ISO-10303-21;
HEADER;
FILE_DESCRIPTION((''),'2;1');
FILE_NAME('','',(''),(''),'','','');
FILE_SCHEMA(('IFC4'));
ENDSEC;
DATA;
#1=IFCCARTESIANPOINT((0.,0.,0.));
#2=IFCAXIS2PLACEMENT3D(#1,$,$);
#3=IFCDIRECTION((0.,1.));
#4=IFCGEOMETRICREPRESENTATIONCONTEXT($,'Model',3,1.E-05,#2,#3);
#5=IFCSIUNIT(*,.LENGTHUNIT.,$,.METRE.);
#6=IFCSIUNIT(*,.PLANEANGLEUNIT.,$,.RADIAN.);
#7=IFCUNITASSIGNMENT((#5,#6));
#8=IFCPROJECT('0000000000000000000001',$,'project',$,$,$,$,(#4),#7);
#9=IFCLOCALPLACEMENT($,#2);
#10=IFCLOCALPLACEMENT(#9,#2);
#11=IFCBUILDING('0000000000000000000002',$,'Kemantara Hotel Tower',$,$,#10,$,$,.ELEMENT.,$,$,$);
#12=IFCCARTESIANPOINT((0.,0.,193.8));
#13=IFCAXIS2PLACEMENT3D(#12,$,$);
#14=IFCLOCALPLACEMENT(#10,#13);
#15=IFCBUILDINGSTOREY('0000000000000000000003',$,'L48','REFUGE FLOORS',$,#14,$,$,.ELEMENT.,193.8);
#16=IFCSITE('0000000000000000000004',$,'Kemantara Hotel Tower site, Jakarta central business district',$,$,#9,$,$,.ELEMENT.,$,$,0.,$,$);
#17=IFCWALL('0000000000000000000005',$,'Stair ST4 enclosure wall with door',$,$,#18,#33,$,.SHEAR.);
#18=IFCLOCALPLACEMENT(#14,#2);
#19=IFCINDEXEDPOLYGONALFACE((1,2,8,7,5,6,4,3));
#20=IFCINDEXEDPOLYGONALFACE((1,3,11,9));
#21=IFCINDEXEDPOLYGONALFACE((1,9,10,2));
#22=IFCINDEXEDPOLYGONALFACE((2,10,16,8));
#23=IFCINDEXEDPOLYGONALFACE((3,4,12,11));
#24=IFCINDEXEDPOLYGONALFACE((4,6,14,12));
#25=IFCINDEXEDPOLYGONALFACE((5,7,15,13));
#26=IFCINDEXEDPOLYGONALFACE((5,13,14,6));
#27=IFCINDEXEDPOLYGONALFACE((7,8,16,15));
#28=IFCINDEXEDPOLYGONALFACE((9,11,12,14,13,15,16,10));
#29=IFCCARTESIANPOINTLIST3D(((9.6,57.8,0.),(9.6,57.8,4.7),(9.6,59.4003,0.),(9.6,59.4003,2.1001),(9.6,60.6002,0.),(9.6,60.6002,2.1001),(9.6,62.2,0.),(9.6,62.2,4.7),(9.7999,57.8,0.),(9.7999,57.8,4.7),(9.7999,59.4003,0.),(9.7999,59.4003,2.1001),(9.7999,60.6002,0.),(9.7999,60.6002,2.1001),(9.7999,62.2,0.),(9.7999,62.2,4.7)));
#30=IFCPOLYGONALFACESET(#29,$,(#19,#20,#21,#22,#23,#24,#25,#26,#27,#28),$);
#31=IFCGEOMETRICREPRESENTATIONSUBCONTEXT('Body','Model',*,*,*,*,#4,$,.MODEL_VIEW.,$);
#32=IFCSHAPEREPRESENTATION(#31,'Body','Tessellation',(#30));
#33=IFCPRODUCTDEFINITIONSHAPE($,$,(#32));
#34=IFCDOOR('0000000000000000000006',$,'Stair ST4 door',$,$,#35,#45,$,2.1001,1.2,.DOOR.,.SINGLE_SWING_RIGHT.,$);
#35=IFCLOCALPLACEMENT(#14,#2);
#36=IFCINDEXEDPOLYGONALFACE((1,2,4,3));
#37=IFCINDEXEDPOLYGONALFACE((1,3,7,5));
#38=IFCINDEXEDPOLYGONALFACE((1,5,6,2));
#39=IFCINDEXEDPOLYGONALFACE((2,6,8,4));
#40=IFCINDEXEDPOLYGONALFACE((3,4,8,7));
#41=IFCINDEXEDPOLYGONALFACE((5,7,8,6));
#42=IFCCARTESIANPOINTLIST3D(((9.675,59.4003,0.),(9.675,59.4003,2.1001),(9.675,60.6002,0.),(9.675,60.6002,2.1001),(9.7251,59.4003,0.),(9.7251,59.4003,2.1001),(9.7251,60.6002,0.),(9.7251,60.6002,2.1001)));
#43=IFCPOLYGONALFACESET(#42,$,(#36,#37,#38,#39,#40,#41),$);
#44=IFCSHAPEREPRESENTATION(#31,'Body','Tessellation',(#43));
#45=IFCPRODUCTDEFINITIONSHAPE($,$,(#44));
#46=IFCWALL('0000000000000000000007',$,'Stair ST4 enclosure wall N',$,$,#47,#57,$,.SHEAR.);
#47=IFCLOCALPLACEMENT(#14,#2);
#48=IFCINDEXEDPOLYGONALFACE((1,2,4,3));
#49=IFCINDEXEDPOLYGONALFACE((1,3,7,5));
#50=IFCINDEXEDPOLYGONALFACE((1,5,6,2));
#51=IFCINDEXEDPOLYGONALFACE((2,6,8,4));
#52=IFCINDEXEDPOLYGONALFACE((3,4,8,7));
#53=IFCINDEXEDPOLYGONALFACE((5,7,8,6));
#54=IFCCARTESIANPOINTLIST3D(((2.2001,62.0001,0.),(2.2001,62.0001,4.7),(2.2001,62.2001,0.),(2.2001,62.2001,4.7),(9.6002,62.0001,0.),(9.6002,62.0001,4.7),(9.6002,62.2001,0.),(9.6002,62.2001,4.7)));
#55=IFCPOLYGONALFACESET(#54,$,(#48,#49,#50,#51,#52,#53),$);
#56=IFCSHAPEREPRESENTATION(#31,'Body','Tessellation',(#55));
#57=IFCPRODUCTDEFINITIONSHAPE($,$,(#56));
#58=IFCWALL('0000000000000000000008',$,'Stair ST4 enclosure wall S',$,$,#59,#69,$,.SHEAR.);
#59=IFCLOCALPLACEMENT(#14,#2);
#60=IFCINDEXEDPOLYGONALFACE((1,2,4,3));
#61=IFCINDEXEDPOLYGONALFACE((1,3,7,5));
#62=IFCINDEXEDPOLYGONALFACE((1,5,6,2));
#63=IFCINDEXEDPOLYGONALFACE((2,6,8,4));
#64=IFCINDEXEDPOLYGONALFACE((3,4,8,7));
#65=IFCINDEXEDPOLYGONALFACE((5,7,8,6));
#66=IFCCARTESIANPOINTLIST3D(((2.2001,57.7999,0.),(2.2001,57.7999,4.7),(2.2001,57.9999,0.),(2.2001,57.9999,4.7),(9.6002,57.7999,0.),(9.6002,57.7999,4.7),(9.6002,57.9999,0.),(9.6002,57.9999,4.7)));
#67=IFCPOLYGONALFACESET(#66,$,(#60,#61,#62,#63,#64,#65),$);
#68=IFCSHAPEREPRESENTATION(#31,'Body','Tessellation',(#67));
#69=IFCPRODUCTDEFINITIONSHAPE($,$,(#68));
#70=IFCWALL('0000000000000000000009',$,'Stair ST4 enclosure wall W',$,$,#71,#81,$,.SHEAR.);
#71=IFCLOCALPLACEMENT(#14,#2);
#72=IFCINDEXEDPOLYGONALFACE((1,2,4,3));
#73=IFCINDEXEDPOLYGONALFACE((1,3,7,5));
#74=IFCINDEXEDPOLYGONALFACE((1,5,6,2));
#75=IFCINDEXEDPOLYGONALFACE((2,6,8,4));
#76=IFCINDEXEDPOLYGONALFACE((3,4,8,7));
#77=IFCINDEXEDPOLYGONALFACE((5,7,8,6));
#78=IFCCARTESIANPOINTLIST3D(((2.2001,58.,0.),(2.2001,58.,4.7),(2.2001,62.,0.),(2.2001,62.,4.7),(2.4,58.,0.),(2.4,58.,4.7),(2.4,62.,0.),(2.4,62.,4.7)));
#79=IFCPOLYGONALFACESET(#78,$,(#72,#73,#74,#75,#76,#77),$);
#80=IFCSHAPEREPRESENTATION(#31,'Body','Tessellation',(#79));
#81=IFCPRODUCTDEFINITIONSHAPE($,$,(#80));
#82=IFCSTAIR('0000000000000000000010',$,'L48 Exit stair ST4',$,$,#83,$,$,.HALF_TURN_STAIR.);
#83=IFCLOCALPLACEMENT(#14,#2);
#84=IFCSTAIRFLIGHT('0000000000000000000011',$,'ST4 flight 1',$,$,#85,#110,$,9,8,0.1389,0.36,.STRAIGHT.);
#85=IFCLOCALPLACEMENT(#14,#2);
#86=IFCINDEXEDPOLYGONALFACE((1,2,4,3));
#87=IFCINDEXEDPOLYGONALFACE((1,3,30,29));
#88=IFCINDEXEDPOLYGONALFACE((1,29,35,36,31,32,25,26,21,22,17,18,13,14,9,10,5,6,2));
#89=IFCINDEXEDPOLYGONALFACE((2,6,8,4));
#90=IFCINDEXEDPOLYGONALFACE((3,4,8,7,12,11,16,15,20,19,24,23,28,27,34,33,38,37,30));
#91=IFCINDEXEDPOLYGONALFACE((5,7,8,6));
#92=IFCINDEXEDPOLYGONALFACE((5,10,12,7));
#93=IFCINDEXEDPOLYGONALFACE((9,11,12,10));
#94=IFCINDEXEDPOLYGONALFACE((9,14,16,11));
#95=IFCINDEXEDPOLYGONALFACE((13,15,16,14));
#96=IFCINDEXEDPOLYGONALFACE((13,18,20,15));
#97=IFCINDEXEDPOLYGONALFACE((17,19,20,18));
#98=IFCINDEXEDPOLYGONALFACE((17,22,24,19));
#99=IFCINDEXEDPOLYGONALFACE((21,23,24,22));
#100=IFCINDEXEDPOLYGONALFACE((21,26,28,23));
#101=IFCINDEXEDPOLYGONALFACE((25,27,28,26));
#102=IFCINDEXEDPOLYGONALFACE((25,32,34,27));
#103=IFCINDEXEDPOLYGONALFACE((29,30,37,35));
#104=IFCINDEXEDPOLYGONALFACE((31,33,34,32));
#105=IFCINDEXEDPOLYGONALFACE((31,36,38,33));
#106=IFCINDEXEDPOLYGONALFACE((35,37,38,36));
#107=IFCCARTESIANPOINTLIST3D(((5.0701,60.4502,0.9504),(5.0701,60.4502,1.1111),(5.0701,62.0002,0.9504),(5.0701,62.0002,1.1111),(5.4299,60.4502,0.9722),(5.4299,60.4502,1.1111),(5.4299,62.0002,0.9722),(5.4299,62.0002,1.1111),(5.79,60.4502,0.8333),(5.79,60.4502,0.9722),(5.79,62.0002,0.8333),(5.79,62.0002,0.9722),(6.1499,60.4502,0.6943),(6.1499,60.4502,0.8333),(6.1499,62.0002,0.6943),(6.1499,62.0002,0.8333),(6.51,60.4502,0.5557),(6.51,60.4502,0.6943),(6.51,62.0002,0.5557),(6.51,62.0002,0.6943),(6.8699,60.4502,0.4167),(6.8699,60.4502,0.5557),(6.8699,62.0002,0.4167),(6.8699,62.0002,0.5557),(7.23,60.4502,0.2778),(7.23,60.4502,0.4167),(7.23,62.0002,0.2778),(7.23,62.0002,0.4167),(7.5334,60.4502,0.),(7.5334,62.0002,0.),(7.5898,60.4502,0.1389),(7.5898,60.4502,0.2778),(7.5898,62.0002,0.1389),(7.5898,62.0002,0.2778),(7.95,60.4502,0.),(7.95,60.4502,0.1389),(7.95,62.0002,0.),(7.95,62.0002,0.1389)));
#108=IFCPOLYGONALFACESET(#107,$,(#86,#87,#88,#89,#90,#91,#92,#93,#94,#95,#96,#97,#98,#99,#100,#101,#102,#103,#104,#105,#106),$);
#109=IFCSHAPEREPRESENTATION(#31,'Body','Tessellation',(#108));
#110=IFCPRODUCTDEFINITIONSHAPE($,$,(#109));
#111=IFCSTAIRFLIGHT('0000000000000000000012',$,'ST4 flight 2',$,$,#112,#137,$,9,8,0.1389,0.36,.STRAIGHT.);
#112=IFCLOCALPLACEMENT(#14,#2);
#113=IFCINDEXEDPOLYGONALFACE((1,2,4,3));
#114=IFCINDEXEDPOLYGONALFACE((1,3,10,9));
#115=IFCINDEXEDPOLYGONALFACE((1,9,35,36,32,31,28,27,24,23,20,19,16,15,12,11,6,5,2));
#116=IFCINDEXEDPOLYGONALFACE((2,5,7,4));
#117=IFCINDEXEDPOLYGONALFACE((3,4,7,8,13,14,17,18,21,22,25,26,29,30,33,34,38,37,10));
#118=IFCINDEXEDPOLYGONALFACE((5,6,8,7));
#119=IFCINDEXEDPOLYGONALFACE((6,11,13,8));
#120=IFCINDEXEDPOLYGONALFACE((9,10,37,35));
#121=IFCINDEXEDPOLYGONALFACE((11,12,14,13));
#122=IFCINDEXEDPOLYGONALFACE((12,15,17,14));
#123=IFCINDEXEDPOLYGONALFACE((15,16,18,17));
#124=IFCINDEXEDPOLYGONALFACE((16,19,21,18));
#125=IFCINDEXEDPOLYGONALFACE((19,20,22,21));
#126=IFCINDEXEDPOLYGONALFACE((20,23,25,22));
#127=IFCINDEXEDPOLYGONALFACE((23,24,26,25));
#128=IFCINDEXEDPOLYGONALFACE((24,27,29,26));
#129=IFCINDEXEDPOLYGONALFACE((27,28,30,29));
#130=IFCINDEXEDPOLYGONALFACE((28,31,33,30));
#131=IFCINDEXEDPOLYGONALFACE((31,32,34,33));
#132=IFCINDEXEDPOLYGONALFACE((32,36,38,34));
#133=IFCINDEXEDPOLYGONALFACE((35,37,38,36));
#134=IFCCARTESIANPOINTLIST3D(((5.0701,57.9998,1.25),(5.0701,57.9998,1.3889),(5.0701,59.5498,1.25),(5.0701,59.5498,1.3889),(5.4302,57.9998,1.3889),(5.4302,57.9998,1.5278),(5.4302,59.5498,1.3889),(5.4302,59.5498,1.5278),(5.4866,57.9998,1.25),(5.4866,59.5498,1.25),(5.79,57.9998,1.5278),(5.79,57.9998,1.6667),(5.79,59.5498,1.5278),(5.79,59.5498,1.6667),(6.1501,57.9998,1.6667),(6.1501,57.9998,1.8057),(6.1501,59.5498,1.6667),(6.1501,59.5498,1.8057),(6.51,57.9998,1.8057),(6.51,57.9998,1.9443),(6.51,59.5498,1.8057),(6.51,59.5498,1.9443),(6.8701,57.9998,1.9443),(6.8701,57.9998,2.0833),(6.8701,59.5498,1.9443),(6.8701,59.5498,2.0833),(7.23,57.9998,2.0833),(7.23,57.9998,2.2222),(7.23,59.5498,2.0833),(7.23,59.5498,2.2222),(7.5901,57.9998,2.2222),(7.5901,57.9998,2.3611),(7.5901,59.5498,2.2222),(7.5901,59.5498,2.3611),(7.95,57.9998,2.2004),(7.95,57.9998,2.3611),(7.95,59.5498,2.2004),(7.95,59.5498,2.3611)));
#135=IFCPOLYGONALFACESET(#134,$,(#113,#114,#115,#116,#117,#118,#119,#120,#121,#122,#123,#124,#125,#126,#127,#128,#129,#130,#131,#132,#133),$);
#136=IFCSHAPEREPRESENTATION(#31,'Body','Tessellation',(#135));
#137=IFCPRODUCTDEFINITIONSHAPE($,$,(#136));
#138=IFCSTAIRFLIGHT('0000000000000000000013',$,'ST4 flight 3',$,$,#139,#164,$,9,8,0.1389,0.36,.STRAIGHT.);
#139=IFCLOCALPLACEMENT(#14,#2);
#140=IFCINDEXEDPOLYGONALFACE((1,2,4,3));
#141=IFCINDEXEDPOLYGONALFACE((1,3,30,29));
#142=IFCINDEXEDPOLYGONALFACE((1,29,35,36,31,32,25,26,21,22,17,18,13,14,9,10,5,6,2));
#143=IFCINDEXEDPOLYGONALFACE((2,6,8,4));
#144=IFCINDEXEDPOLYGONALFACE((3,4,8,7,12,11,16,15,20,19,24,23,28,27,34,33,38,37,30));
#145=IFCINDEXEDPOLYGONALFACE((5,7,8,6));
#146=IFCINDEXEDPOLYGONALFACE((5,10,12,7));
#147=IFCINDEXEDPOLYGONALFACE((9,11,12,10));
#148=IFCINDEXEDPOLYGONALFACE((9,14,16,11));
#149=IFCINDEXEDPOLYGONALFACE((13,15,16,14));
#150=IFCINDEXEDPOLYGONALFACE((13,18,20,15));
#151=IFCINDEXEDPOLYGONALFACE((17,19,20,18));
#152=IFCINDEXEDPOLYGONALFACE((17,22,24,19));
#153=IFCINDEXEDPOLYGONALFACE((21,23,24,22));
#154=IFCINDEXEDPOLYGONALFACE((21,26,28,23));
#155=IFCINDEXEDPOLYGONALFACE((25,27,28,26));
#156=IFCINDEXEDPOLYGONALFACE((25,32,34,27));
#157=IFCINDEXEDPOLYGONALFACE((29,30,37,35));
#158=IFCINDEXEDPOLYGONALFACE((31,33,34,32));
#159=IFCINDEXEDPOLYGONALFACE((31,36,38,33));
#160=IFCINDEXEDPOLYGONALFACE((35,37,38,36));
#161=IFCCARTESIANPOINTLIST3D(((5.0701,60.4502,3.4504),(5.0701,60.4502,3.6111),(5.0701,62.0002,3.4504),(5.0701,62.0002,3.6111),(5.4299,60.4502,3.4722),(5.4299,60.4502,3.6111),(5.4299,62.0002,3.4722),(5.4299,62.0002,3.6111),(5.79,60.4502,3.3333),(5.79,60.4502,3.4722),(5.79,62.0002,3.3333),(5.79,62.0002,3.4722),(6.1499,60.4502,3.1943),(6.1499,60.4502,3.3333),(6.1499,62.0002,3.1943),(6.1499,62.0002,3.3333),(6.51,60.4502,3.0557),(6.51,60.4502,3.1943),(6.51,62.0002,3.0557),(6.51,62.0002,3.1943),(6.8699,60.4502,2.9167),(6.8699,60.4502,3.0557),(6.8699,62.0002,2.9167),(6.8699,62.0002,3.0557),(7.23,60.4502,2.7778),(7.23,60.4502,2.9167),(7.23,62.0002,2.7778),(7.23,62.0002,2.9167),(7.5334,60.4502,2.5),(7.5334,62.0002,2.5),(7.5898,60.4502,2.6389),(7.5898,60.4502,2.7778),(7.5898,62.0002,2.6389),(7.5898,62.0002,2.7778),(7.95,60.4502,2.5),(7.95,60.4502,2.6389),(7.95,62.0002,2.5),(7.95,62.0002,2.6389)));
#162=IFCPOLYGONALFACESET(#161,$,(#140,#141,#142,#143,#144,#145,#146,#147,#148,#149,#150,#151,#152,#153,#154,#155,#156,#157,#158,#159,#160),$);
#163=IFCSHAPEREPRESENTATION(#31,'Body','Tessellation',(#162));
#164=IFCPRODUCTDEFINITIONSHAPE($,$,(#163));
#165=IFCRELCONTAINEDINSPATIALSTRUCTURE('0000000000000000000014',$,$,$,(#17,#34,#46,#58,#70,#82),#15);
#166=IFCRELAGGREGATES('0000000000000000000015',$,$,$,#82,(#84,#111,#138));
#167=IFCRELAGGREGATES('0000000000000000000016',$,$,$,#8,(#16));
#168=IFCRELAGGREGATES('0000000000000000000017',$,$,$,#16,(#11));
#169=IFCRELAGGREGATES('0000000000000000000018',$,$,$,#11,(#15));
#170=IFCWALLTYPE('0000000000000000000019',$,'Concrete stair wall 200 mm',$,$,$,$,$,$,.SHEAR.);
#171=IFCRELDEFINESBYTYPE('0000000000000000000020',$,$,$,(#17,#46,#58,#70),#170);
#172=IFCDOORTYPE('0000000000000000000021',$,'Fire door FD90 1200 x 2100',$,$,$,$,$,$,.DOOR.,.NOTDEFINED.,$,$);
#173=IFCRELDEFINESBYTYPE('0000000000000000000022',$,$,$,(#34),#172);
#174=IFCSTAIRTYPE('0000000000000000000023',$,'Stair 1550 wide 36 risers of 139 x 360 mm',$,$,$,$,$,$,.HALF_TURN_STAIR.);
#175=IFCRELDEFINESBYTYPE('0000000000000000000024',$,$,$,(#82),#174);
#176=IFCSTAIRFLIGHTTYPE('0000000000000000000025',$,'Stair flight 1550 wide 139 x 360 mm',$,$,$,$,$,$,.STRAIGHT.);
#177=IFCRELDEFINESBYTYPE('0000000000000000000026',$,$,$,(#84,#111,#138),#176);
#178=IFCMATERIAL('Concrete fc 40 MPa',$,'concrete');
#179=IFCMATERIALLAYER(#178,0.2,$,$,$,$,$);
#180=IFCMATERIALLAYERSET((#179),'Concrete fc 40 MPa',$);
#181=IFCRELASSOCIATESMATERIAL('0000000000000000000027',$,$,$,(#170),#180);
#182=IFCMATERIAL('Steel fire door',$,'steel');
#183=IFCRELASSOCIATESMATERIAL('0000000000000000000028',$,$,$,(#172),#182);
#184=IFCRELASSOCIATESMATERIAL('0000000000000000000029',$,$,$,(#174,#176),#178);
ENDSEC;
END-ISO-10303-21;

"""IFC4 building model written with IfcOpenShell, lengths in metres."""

from ifc_helpers import new_model, si_unit, direction, frame, frame_2d, origin, place, context, subcontext, project, spatial, polyline, rectangle, outline, extrude, material, layer, layer_set, type_object, element, fill, aggregate, save


model = new_model("IFC4")

# Units and contexts
model_context = context("Model", 3, precision=1e-05, world=origin(), true_north=direction((0.0, 1.0)))
body_context = subcontext(model_context, "Body", "Model", "MODEL_VIEW")
ifc_project = project(units=[si_unit("LENGTHUNIT", "METRE"), si_unit("PLANEANGLEUNIT", "RADIAN")], contexts=[model_context])

# Site, building, storey
site_placement = place(None, origin())
site = spatial("IfcSite", under=ifc_project, at=site_placement, Name="Kemantara Hotel Tower site, Jakarta central business district", CompositionType="ELEMENT", RefElevation=0.0)
building_placement = place(site_placement, origin())
building = spatial("IfcBuilding", under=site, at=building_placement, Name="Kemantara Hotel Tower", CompositionType="ELEMENT")
storey_placement = place(building_placement, frame((0.0, 0.0, 193.8)))
storey = spatial("IfcBuildingStorey", under=building, at=storey_placement, Name="L48", Description="REFUGE FLOORS", CompositionType="ELEMENT", Elevation=193.8)

# Wall, opening, door
ifc_material_1 = material(Name="Concrete fc 40 MPa", Category="concrete")
ifc_layer_1 = layer(ifc_material_1, 0.2)
ifc_layer_set_1 = layer_set([ifc_layer_1], Name="Concrete fc 40 MPa")
wall_type_1 = type_object("IfcWallType", Name="Concrete stair wall 200 mm", PredefinedType="SHEAR", material=ifc_layer_set_1)
wall_1_placement = place(storey_placement, frame((9.7, 57.8, 0.0), z_axis=(0.0, 0.0, 1.0), x_axis=(0.0, 1.0, 0.0)))
wall_1 = element("IfcWall", 1, at=wall_1_placement, inside=storey, type_object=wall_type_1, Name="Stair ST4 enclosure wall with door", PredefinedType="SHEAR", context=body_context, shape_type="SweptSolid", body=[
    extrude(rectangle(XDim=4.3999, YDim=0.2, at=frame_2d((2.2, 0.0))), origin(), (0.0, 0.0, 1.0), 4.7),
])
opening_1_placement = place(wall_1_placement, frame((1.6001, 0.0, 0.0)))
opening_1 = element("IfcOpeningElement", 2, at=opening_1_placement, cuts=wall_1, PredefinedType="OPENING", context=body_context, shape_type="SweptSolid", body=[
    extrude(rectangle(XDim=1.2, YDim=2.1001, at=frame_2d((0.6001, 1.05))), frame((0.0, 0.1099, 0.0), z_axis=(0.0, -1.0, 0.0), x_axis=(1.0, 0.0, 0.0)), (0.0, 0.0, 1.0), 0.22),
])
ifc_material_2 = material(Name="Steel fire door", Category="steel")
door_type = type_object("IfcDoorType", Name="Fire door FD90 1200 x 2100", OperationType="NOTDEFINED", PredefinedType="DOOR", material=ifc_material_2)
door_placement = place(opening_1_placement, origin())
door = element("IfcDoor", 3, at=door_placement, inside=storey, type_object=door_type, Name="Stair ST4 door", OperationType="SINGLE_SWING_RIGHT", OverallHeight=2.1001, OverallWidth=1.2, PredefinedType="DOOR", context=body_context, shape_type="SweptSolid", body=[
    extrude(rectangle(XDim=1.2, YDim=2.1001, at=frame_2d((0.6001, 1.05))), frame((0.0, 0.0249, 0.0), z_axis=(0.0, -1.0, 0.0), x_axis=(1.0, 0.0, 0.0)), (0.0, 0.0, 1.0), 0.05),
])
fill(opening_1, door)

# Walls
for number, where, z_axis, x_axis, name in (
    (4, (2.2, 62.1001, 0.0), (0.0, 0.0, 1.0), (1.0, 0.0, 0.0), "Stair ST4 enclosure wall N"),
    (5, (2.2, 57.8999, 0.0), (0.0, 0.0, 1.0), (1.0, 0.0, 0.0), "Stair ST4 enclosure wall S"),
):
    element("IfcWall", number, at=place(storey_placement, frame(where, z_axis=z_axis, x_axis=x_axis)), inside=storey, type_object=wall_type_1, Name=name, PredefinedType="SHEAR", context=body_context, shape_type="SweptSolid", body=[
        extrude(rectangle(XDim=7.4001, YDim=0.2, at=frame_2d((3.7002, 0.0))), origin(), (0.0, 0.0, 1.0), 4.7),
    ])
wall_2_placement = place(storey_placement, frame((2.3, 58.0, 0.0), z_axis=(0.0, 0.0, 1.0), x_axis=(0.0, 1.0, 0.0)))
element("IfcWall", 6, at=wall_2_placement, inside=storey, type_object=wall_type_1, Name="Stair ST4 enclosure wall W", PredefinedType="SHEAR", context=body_context, shape_type="SweptSolid", body=[
    extrude(rectangle(XDim=4.0, YDim=0.2, at=frame_2d((2.0, 0.0))), origin(), (0.0, 0.0, 1.0), 4.7),
])

# Stair, stair flights
stair_type = type_object("IfcStairType", Name="Stair 1550 wide 36 risers of 139 x 360 mm", PredefinedType="HALF_TURN_STAIR", material=ifc_material_1)
stair_placement = place(storey_placement, origin())
stair = element("IfcStair", 7, at=stair_placement, inside=storey, type_object=stair_type, Name="L48 Exit stair ST4", PredefinedType="HALF_TURN_STAIR")
stair_flight_type = type_object("IfcStairFlightType", Name="Stair flight 1550 wide 139 x 360 mm", PredefinedType="STRAIGHT", material=ifc_material_1)
stair_flight_1_placement = place(storey_placement, frame((7.95, 61.2251, 0.0), z_axis=(0.0, 0.0, 1.0), x_axis=(-1.0, 0.0, 0.0)))
stair_flight_1 = element("IfcStairFlight", 8, at=stair_flight_1_placement, type_object=stair_flight_type, Name="ST4 flight 1", NumberOfRisers=9, NumberOfTreads=8, PredefinedType="STRAIGHT", RiserHeight=0.1389, TreadLength=0.36, context=body_context, shape_type="SweptSolid", body=[
    extrude(outline(polyline([(0.0, 0.0), (0.0, 0.1389), (0.3601, 0.1389), (0.3601, 0.2778), (0.72, 0.2778), (0.72, 0.4167), (1.0801, 0.4167), (1.0801, 0.5557), (1.4399, 0.5557), (1.4399, 0.6943), (1.8, 0.6943), (1.8, 0.8333), (2.1599, 0.8333), (2.1599, 0.9722), (2.52, 0.9722), (2.52, 1.1111), (2.8799, 1.1111), (2.8799, 1.25), (2.8799, 0.9504), (0.4165, 0.0), (0.0, 0.0)])), frame((0.0, 0.7749, 0.0), z_axis=(0.0, -1.0, 0.0), x_axis=(1.0, 0.0, 0.0)), (0.0, 0.0, 1.0), 1.55),
])
stair_flight_2_placement = place(storey_placement, frame((5.0701, 58.7749, 1.25), z_axis=(0.0, 0.0, 1.0), x_axis=(1.0, 0.0, 0.0)))
stair_flight_2 = element("IfcStairFlight", 9, at=stair_flight_2_placement, type_object=stair_flight_type, Name="ST4 flight 2", NumberOfRisers=9, NumberOfTreads=8, PredefinedType="STRAIGHT", RiserHeight=0.1389, TreadLength=0.36, context=body_context, shape_type="SweptSolid", body=[
    extrude(outline(polyline([(0.0, 0.0), (0.0, 0.1389), (0.3601, 0.1389), (0.3601, 0.2778), (0.72, 0.2778), (0.72, 0.4167), (1.0801, 0.4167), (1.0801, 0.5557), (1.4399, 0.5557), (1.4399, 0.6943), (1.8, 0.6943), (1.8, 0.8333), (2.1599, 0.8333), (2.1599, 0.9722), (2.52, 0.9722), (2.52, 1.1111), (2.8799, 1.1111), (2.8799, 1.25), (2.8799, 0.9504), (0.4165, 0.0), (0.0, 0.0)])), frame((0.0, 0.7749, 0.0), z_axis=(0.0, -1.0, 0.0), x_axis=(1.0, 0.0, 0.0)), (0.0, 0.0, 1.0), 1.55),
])
stair_flight_3_placement = place(storey_placement, frame((7.95, 61.2251, 2.5), z_axis=(0.0, 0.0, 1.0), x_axis=(-1.0, 0.0, 0.0)))
stair_flight_3 = element("IfcStairFlight", 10, at=stair_flight_3_placement, type_object=stair_flight_type, Name="ST4 flight 3", NumberOfRisers=9, NumberOfTreads=8, PredefinedType="STRAIGHT", RiserHeight=0.1389, TreadLength=0.36, context=body_context, shape_type="SweptSolid", body=[
    extrude(outline(polyline([(0.0, 0.0), (0.0, 0.1389), (0.3601, 0.1389), (0.3601, 0.2778), (0.72, 0.2778), (0.72, 0.4167), (1.0801, 0.4167), (1.0801, 0.5557), (1.4399, 0.5557), (1.4399, 0.6943), (1.8, 0.6943), (1.8, 0.8333), (2.1599, 0.8333), (2.1599, 0.9722), (2.52, 0.9722), (2.52, 1.1111), (2.8799, 1.1111), (2.8799, 1.25), (2.8799, 0.9504), (0.4165, 0.0), (0.0, 0.0)])), frame((0.0, 0.7749, 0.0), z_axis=(0.0, -1.0, 0.0), x_axis=(1.0, 0.0, 0.0)), (0.0, 0.0, 1.0), 1.55),
])
aggregate(stair, [stair_flight_1, stair_flight_2, stair_flight_3])

save(model, "model.ifc")
